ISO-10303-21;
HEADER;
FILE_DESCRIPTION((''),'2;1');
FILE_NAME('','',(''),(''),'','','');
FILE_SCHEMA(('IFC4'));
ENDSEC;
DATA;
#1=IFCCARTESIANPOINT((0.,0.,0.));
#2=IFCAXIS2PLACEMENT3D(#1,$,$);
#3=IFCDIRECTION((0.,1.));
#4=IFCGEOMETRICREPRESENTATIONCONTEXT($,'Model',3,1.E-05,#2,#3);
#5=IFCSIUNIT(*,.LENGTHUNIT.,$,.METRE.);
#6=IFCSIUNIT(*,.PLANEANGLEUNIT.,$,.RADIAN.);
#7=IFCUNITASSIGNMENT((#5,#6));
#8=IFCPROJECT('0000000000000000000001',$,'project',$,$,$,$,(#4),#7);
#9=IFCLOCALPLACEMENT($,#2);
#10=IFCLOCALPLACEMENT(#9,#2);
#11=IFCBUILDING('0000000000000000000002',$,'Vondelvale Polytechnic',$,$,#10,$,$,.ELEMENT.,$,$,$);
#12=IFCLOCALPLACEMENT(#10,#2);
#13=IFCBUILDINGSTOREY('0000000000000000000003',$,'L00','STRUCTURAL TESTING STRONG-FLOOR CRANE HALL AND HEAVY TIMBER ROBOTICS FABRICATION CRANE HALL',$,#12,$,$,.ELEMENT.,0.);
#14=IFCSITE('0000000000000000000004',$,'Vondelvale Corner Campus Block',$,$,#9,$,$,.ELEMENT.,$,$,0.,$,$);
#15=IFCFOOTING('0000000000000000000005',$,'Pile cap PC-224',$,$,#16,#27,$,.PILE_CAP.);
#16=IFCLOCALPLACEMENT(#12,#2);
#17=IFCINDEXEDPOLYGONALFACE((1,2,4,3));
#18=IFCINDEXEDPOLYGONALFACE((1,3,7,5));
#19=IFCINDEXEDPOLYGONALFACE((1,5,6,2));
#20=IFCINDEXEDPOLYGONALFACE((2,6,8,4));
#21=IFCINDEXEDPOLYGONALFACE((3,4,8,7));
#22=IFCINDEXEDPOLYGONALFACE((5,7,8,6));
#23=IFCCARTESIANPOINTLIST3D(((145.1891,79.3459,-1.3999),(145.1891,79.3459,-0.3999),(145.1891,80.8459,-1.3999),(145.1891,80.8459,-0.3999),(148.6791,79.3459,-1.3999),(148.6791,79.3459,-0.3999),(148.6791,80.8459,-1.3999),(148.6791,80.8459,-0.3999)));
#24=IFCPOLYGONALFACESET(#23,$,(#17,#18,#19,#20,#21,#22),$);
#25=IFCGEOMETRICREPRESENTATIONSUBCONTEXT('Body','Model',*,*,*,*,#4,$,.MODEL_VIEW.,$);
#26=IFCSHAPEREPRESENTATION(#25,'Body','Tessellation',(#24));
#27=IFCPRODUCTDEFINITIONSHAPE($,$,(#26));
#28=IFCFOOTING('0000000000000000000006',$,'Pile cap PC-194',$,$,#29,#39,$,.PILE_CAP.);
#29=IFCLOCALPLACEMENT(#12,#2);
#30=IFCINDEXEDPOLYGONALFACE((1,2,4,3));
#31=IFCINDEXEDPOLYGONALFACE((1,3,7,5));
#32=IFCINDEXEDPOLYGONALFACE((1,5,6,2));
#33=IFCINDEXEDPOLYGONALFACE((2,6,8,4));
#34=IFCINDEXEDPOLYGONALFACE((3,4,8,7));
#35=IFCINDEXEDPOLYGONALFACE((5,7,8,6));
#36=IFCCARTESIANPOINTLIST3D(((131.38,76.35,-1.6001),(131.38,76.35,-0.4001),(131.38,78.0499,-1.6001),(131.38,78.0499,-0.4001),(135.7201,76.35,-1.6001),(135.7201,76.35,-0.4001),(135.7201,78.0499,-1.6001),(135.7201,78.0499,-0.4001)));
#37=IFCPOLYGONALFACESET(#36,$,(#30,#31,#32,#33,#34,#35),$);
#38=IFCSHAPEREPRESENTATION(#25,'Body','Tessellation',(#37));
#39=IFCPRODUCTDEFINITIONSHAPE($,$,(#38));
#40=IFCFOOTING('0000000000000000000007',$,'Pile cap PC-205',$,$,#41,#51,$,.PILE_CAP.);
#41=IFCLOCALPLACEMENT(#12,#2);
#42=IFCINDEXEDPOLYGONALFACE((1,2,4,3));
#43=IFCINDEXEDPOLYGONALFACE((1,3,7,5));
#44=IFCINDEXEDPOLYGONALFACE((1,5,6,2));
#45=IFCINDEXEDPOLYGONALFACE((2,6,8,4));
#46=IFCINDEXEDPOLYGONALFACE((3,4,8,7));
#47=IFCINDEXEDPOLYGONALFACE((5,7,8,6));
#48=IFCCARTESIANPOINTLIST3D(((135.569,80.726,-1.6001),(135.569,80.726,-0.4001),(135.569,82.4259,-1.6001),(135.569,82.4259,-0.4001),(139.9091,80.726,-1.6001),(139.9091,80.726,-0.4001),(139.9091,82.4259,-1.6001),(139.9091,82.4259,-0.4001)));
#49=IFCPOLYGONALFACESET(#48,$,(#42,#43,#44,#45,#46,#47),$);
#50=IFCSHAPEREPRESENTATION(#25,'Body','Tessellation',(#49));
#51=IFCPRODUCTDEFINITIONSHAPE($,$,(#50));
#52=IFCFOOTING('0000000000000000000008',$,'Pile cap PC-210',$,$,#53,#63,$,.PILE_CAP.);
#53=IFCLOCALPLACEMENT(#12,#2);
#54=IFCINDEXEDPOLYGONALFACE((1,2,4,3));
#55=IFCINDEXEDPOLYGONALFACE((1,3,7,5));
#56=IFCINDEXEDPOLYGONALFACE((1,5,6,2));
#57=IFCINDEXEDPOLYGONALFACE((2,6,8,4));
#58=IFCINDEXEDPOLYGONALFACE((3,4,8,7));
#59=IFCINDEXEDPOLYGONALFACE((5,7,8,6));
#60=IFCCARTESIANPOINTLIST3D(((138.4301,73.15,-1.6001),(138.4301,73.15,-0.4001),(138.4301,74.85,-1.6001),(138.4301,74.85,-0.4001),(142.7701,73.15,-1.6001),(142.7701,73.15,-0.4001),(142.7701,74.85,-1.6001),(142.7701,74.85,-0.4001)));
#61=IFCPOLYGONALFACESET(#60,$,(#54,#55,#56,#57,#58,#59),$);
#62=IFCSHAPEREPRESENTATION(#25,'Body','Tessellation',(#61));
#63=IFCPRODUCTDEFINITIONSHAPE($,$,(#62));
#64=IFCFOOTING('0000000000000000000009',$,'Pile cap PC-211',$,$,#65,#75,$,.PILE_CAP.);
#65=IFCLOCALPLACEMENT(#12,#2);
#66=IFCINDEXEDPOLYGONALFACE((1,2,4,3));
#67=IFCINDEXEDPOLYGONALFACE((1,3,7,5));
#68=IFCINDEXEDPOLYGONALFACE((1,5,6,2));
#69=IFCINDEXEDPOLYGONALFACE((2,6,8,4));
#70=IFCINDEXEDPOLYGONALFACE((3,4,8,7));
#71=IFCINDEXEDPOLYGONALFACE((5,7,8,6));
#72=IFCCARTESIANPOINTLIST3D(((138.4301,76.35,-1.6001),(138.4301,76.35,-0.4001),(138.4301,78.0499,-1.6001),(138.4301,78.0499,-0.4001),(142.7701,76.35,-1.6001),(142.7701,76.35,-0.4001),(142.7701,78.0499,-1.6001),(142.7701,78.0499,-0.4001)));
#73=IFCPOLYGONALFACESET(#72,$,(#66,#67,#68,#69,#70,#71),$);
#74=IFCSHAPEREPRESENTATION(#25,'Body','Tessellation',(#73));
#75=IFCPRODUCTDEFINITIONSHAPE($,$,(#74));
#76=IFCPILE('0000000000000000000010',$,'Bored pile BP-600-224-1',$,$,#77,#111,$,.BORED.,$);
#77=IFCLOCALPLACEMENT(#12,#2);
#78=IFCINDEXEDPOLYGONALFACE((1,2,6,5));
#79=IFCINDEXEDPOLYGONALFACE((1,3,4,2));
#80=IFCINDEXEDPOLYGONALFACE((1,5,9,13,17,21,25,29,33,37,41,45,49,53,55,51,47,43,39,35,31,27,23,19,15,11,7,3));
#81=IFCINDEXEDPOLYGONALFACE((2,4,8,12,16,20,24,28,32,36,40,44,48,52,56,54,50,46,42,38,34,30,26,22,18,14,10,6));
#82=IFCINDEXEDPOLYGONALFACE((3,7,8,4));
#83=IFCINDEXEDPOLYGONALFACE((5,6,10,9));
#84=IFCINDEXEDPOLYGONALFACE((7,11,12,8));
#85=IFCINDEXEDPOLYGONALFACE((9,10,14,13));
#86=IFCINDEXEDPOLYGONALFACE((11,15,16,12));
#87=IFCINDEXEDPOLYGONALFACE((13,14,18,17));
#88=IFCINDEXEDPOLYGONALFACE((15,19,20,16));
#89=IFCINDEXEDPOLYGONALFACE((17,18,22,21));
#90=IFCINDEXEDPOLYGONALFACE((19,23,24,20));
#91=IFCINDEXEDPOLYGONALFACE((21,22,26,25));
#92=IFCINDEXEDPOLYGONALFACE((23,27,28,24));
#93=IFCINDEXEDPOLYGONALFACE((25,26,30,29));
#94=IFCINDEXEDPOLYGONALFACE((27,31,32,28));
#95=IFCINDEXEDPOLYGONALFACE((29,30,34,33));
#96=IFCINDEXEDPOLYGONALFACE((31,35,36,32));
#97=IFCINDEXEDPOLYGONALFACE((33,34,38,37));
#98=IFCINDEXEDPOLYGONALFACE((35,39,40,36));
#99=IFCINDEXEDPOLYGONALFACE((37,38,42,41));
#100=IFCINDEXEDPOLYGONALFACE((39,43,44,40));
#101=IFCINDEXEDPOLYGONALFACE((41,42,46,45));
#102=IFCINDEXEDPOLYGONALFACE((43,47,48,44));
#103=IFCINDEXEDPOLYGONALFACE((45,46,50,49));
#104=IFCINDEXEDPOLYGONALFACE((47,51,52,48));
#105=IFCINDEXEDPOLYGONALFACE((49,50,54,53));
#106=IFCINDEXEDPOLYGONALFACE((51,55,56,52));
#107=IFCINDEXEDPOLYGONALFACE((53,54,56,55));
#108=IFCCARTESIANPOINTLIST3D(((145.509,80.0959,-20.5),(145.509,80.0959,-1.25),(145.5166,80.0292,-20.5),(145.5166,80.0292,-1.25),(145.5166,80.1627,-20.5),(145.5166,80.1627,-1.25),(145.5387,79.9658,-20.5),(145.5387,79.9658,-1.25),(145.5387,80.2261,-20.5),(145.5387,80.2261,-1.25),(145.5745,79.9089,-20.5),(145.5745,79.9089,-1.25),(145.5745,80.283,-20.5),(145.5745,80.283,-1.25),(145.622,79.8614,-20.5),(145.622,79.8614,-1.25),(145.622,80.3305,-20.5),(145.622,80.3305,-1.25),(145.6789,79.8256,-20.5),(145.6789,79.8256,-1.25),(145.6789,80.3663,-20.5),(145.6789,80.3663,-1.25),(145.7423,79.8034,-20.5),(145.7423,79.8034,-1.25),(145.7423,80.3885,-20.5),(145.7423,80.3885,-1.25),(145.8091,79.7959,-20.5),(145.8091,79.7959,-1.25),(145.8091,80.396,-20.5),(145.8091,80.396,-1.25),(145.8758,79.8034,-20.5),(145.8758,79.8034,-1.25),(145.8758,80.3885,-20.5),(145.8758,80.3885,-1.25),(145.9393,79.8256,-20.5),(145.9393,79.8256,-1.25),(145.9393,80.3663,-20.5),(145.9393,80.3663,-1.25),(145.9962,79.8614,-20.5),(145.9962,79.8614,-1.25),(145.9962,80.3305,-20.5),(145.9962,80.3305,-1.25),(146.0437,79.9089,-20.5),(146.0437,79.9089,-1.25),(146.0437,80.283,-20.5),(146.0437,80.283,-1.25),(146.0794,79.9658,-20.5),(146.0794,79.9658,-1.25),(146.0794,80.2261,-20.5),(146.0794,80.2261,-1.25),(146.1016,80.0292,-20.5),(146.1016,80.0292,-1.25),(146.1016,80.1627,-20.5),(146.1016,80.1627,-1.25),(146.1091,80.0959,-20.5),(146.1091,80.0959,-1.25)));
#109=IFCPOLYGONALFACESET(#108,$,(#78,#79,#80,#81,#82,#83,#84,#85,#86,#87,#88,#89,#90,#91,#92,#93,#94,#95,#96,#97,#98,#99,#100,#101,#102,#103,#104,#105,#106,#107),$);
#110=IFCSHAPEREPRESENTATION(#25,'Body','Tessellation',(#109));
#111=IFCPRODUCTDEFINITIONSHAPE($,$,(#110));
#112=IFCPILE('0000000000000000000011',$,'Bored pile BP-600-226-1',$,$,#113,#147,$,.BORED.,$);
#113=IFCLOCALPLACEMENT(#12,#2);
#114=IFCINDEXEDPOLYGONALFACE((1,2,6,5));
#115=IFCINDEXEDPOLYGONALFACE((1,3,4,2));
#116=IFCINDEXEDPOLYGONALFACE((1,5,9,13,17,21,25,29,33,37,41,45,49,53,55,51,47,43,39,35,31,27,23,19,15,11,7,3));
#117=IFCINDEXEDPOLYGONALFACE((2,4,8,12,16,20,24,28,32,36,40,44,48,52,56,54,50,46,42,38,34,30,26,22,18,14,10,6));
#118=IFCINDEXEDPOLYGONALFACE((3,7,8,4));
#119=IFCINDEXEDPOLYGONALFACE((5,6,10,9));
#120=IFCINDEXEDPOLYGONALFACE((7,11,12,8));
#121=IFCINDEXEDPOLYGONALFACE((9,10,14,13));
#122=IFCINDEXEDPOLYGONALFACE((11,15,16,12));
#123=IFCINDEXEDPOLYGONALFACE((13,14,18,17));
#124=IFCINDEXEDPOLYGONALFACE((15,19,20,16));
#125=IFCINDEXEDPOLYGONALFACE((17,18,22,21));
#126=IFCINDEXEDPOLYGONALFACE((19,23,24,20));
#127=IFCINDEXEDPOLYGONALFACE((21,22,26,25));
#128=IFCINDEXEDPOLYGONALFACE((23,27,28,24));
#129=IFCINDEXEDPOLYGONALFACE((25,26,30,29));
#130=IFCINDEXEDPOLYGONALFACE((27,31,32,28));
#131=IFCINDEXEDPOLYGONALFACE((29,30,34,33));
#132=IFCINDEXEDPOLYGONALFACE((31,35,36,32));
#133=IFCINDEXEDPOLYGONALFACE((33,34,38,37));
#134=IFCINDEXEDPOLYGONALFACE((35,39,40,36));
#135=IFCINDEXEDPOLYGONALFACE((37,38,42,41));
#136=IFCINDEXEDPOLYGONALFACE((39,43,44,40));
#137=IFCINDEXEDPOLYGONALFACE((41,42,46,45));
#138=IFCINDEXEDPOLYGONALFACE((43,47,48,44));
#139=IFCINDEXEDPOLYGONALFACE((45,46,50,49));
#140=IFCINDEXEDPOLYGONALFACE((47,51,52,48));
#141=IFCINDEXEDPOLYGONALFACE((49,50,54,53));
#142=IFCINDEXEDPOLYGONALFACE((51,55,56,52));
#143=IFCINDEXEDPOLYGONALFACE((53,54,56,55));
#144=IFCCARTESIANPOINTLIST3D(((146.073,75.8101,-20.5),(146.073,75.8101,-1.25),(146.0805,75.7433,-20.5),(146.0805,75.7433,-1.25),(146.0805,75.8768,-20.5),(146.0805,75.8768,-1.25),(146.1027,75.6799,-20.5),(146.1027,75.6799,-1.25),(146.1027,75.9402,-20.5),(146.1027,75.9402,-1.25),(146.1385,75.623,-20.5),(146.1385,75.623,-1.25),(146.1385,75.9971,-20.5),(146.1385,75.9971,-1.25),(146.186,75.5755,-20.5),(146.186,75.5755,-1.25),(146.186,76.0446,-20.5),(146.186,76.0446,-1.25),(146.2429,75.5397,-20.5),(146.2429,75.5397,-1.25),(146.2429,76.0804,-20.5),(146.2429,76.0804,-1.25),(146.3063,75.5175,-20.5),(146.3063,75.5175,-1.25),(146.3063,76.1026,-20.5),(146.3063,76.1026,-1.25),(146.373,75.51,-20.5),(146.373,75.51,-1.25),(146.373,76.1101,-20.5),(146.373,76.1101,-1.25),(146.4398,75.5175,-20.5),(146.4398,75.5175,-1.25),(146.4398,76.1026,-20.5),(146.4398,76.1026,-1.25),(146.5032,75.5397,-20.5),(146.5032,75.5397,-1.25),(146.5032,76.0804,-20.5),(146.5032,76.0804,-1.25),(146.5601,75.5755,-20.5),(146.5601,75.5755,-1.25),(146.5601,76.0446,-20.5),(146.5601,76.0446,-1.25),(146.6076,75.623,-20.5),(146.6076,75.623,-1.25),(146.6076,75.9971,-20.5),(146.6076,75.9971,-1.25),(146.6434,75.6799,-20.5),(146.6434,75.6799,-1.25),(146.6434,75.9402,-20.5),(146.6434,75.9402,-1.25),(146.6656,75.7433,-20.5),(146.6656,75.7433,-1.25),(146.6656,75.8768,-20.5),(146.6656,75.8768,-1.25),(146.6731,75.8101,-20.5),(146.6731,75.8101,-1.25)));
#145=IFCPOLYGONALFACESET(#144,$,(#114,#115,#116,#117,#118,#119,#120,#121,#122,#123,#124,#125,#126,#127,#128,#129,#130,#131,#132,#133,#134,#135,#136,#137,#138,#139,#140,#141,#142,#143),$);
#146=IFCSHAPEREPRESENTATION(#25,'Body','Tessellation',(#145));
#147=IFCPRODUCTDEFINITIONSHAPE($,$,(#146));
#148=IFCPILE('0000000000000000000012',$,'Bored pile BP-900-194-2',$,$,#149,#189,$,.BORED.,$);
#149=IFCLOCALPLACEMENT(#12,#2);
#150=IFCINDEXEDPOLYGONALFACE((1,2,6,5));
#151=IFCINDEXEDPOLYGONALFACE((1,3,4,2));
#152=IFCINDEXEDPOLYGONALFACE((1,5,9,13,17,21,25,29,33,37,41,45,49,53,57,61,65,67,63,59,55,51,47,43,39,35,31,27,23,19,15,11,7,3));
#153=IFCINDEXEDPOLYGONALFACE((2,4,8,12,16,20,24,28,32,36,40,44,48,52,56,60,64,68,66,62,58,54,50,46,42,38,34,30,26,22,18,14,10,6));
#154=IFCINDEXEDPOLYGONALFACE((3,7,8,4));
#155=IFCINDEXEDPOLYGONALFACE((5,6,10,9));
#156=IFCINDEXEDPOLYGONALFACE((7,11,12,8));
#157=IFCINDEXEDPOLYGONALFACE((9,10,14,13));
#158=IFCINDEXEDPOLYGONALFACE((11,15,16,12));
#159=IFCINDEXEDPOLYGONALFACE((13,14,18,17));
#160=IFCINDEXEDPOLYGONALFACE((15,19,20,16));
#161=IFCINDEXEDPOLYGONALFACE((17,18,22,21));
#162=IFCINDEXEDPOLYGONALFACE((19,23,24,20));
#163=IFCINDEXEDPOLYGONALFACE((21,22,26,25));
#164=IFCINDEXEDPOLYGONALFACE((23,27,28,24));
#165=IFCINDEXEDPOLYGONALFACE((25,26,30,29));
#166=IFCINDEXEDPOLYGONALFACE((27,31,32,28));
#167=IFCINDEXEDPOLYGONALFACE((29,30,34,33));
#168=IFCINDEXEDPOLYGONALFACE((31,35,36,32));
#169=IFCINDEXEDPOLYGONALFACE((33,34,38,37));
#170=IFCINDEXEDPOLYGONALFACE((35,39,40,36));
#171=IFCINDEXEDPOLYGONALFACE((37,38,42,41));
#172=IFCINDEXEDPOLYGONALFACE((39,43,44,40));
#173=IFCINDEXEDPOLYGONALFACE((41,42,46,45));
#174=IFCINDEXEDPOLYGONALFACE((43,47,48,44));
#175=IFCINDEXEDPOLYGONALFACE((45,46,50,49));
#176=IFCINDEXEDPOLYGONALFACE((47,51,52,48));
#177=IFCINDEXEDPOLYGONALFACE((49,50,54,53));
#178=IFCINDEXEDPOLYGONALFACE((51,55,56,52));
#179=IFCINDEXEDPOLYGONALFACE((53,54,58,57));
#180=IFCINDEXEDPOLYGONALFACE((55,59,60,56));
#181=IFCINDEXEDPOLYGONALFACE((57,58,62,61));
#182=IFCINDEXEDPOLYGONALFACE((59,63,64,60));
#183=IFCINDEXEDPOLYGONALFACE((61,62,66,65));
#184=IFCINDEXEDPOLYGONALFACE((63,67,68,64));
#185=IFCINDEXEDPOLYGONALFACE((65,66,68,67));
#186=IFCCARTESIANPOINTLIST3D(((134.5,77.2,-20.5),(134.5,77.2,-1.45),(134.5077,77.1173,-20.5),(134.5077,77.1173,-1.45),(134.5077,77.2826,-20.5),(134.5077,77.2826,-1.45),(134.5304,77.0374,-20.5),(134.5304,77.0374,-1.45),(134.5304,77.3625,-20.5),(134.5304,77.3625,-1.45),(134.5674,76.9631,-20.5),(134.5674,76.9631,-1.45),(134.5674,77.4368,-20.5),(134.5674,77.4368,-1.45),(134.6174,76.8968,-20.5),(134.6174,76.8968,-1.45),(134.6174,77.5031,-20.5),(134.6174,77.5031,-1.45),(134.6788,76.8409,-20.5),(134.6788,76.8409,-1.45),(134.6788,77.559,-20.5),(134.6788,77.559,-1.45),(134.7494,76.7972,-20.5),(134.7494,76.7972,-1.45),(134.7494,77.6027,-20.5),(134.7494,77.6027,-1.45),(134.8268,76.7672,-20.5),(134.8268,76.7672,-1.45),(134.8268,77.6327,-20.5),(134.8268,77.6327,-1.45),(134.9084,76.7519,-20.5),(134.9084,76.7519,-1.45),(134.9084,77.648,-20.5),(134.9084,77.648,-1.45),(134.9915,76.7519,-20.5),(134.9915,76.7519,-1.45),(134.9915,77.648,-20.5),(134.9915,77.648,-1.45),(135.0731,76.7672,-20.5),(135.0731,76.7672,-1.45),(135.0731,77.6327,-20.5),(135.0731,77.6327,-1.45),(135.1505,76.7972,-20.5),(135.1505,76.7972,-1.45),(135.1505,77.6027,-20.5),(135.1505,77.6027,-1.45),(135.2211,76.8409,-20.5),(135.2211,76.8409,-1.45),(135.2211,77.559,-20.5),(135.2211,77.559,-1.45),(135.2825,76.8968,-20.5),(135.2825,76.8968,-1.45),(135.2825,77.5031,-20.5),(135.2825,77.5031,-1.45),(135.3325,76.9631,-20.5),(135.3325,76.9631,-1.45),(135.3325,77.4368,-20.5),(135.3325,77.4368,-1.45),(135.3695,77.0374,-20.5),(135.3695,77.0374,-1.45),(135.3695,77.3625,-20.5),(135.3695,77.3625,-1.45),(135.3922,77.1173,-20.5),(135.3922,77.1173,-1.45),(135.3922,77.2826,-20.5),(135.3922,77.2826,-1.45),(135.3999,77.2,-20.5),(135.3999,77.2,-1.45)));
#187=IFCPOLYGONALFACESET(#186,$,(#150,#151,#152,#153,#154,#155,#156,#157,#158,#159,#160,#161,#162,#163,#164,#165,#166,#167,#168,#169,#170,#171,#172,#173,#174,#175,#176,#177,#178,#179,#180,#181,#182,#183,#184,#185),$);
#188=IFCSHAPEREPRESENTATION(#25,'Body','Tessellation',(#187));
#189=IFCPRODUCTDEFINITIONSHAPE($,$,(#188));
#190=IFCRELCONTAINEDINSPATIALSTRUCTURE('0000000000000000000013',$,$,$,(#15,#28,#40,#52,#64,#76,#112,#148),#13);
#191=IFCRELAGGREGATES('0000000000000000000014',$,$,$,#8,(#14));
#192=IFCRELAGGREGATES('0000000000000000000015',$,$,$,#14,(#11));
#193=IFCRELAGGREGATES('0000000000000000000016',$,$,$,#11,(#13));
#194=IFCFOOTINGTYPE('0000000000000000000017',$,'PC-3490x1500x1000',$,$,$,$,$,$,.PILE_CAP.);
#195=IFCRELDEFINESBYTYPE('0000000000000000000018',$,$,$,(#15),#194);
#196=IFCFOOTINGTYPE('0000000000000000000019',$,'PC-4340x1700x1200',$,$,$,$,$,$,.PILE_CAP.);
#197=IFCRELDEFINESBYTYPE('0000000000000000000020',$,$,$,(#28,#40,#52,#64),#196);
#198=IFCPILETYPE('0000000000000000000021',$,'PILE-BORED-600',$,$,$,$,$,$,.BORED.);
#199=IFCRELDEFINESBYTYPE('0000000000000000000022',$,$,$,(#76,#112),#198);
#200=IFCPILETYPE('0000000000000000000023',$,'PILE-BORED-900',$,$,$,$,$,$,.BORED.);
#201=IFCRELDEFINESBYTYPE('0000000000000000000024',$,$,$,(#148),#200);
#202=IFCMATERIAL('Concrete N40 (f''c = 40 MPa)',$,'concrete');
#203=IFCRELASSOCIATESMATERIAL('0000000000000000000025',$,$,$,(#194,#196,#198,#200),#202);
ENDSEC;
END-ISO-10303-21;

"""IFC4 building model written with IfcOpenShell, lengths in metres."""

from ifc_helpers import new_model, si_unit, direction, frame, origin, origin_2d, place, context, subcontext, project, spatial, rectangle, circle, extrude, material, material_profile, profile_set, type_object, element, save


model = new_model("IFC4")

# Units and contexts
model_context = context("Model", 3, precision=1e-05, world=origin(), true_north=direction((0.0, 1.0)))
body_context = subcontext(model_context, "Body", "Model", "MODEL_VIEW")
ifc_project = project(units=[si_unit("LENGTHUNIT", "METRE"), si_unit("PLANEANGLEUNIT", "RADIAN")], contexts=[model_context])

# Site, building, storey
site_placement = place(None, origin())
site = spatial("IfcSite", under=ifc_project, at=site_placement, Name="Vondelvale Corner Campus Block", CompositionType="ELEMENT", RefElevation=0.0)
building_placement = place(site_placement, origin())
building = spatial("IfcBuilding", under=site, at=building_placement, Name="Vondelvale Polytechnic", CompositionType="ELEMENT")
storey_placement = place(building_placement, origin())
storey = spatial("IfcBuildingStorey", under=building, at=storey_placement, Name="L00", Description="STRUCTURAL TESTING STRONG-FLOOR CRANE HALL AND HEAVY TIMBER ROBOTICS FABRICATION CRANE HALL", CompositionType="ELEMENT", Elevation=0.0)

# Footings
ifc_material_1 = material(Name="Concrete N40 (f'c = 40 MPa)", Category="concrete")
footing_type_1 = type_object("IfcFootingType", Name="PC-3490x1500x1000", PredefinedType="PILE_CAP", material=ifc_material_1)
footing_placement = place(storey_placement, frame((146.9341, 80.0959, -1.3999), z_axis=(0.0, 0.0, 1.0), x_axis=(1.0, 0.0, 0.0)))
element("IfcFooting", 1, at=footing_placement, inside=storey, type_object=footing_type_1, Name="Pile cap PC-224", PredefinedType="PILE_CAP", context=body_context, shape_type="SweptSolid", body=[
    extrude(rectangle(XDim=3.49, YDim=1.5, at=origin_2d()), origin(), (0.0, 0.0, 1.0), 1.0),
])
footing_type_2 = type_object("IfcFootingType", Name="PC-4340x1700x1200", PredefinedType="PILE_CAP", material=ifc_material_1)
for number, where, z_axis, x_axis, name in (
    (2, (133.55, 77.2, -1.6001), (0.0, 0.0, 1.0), (1.0, 0.0, 0.0), "Pile cap PC-194"),
    (3, (137.739, 81.5759, -1.6001), (0.0, 0.0, 1.0), (1.0, 0.0, 0.0), "Pile cap PC-205"),
    (4, (140.6001, 74.0, -1.6001), (0.0, 0.0, 1.0), (1.0, 0.0, 0.0), "Pile cap PC-210"),
    (5, (140.6001, 77.2, -1.6001), (0.0, 0.0, 1.0), (1.0, 0.0, 0.0), "Pile cap PC-211"),
):
    element("IfcFooting", number, at=place(storey_placement, frame(where, z_axis=z_axis, x_axis=x_axis)), inside=storey, type_object=footing_type_2, Name=name, PredefinedType="PILE_CAP", context=body_context, shape_type="SweptSolid", body=[
        extrude(rectangle(XDim=4.3401, YDim=1.7, at=origin_2d()), origin(), (0.0, 0.0, 1.0), 1.2),
    ])

# Piles
ifc_material_profile_1 = material_profile(ifc_material_1, circle(Radius=0.3, at=origin_2d()), Name="PILE-D600")
ifc_profile_set_1 = profile_set([ifc_material_profile_1], Name="Concrete N40 (f'c = 40 MPa)")
pile_type_1 = type_object("IfcPileType", Name="PILE-BORED-600", PredefinedType="BORED", material=ifc_profile_set_1)
for number, where, z_axis, x_axis, name in (
    (6, (145.8091, 80.0959, -1.25), (0.0, 0.0, -1.0), (1.0, 0.0, 0.0), "Bored pile BP-600-224-1"),
    (7, (146.373, 75.8101, -1.25), (0.0, 0.0, -1.0), (1.0, 0.0, 0.0), "Bored pile BP-600-226-1"),
):
    element("IfcPile", number, at=place(storey_placement, frame(where, z_axis=z_axis, x_axis=x_axis)), inside=storey, type_object=pile_type_1, Name=name, PredefinedType="BORED", context=body_context, shape_type="SweptSolid", body=[
        extrude(circle(Radius=0.3, at=origin_2d()), origin(), (0.0, 0.0, 1.0), 19.25),
    ])
ifc_material_profile_2 = material_profile(ifc_material_1, circle(Radius=0.45, at=origin_2d()), Name="PILE-D900")
ifc_profile_set_2 = profile_set([ifc_material_profile_2], Name="Concrete N40 (f'c = 40 MPa)")
pile_type_2 = type_object("IfcPileType", Name="PILE-BORED-900", PredefinedType="BORED", material=ifc_profile_set_2)
for number, where, z_axis, x_axis, name in (
    (8, (134.95, 77.2, -1.45), (0.0, 0.0, -1.0), (1.0, 0.0, 0.0), "Bored pile BP-900-194-2"),
):
    element("IfcPile", number, at=place(storey_placement, frame(where, z_axis=z_axis, x_axis=x_axis)), inside=storey, type_object=pile_type_2, Name=name, PredefinedType="BORED", context=body_context, shape_type="SweptSolid", body=[
        extrude(circle(Radius=0.45, at=origin_2d()), origin(), (0.0, 0.0, 1.0), 19.05),
    ])

save(model, "model.ifc")
